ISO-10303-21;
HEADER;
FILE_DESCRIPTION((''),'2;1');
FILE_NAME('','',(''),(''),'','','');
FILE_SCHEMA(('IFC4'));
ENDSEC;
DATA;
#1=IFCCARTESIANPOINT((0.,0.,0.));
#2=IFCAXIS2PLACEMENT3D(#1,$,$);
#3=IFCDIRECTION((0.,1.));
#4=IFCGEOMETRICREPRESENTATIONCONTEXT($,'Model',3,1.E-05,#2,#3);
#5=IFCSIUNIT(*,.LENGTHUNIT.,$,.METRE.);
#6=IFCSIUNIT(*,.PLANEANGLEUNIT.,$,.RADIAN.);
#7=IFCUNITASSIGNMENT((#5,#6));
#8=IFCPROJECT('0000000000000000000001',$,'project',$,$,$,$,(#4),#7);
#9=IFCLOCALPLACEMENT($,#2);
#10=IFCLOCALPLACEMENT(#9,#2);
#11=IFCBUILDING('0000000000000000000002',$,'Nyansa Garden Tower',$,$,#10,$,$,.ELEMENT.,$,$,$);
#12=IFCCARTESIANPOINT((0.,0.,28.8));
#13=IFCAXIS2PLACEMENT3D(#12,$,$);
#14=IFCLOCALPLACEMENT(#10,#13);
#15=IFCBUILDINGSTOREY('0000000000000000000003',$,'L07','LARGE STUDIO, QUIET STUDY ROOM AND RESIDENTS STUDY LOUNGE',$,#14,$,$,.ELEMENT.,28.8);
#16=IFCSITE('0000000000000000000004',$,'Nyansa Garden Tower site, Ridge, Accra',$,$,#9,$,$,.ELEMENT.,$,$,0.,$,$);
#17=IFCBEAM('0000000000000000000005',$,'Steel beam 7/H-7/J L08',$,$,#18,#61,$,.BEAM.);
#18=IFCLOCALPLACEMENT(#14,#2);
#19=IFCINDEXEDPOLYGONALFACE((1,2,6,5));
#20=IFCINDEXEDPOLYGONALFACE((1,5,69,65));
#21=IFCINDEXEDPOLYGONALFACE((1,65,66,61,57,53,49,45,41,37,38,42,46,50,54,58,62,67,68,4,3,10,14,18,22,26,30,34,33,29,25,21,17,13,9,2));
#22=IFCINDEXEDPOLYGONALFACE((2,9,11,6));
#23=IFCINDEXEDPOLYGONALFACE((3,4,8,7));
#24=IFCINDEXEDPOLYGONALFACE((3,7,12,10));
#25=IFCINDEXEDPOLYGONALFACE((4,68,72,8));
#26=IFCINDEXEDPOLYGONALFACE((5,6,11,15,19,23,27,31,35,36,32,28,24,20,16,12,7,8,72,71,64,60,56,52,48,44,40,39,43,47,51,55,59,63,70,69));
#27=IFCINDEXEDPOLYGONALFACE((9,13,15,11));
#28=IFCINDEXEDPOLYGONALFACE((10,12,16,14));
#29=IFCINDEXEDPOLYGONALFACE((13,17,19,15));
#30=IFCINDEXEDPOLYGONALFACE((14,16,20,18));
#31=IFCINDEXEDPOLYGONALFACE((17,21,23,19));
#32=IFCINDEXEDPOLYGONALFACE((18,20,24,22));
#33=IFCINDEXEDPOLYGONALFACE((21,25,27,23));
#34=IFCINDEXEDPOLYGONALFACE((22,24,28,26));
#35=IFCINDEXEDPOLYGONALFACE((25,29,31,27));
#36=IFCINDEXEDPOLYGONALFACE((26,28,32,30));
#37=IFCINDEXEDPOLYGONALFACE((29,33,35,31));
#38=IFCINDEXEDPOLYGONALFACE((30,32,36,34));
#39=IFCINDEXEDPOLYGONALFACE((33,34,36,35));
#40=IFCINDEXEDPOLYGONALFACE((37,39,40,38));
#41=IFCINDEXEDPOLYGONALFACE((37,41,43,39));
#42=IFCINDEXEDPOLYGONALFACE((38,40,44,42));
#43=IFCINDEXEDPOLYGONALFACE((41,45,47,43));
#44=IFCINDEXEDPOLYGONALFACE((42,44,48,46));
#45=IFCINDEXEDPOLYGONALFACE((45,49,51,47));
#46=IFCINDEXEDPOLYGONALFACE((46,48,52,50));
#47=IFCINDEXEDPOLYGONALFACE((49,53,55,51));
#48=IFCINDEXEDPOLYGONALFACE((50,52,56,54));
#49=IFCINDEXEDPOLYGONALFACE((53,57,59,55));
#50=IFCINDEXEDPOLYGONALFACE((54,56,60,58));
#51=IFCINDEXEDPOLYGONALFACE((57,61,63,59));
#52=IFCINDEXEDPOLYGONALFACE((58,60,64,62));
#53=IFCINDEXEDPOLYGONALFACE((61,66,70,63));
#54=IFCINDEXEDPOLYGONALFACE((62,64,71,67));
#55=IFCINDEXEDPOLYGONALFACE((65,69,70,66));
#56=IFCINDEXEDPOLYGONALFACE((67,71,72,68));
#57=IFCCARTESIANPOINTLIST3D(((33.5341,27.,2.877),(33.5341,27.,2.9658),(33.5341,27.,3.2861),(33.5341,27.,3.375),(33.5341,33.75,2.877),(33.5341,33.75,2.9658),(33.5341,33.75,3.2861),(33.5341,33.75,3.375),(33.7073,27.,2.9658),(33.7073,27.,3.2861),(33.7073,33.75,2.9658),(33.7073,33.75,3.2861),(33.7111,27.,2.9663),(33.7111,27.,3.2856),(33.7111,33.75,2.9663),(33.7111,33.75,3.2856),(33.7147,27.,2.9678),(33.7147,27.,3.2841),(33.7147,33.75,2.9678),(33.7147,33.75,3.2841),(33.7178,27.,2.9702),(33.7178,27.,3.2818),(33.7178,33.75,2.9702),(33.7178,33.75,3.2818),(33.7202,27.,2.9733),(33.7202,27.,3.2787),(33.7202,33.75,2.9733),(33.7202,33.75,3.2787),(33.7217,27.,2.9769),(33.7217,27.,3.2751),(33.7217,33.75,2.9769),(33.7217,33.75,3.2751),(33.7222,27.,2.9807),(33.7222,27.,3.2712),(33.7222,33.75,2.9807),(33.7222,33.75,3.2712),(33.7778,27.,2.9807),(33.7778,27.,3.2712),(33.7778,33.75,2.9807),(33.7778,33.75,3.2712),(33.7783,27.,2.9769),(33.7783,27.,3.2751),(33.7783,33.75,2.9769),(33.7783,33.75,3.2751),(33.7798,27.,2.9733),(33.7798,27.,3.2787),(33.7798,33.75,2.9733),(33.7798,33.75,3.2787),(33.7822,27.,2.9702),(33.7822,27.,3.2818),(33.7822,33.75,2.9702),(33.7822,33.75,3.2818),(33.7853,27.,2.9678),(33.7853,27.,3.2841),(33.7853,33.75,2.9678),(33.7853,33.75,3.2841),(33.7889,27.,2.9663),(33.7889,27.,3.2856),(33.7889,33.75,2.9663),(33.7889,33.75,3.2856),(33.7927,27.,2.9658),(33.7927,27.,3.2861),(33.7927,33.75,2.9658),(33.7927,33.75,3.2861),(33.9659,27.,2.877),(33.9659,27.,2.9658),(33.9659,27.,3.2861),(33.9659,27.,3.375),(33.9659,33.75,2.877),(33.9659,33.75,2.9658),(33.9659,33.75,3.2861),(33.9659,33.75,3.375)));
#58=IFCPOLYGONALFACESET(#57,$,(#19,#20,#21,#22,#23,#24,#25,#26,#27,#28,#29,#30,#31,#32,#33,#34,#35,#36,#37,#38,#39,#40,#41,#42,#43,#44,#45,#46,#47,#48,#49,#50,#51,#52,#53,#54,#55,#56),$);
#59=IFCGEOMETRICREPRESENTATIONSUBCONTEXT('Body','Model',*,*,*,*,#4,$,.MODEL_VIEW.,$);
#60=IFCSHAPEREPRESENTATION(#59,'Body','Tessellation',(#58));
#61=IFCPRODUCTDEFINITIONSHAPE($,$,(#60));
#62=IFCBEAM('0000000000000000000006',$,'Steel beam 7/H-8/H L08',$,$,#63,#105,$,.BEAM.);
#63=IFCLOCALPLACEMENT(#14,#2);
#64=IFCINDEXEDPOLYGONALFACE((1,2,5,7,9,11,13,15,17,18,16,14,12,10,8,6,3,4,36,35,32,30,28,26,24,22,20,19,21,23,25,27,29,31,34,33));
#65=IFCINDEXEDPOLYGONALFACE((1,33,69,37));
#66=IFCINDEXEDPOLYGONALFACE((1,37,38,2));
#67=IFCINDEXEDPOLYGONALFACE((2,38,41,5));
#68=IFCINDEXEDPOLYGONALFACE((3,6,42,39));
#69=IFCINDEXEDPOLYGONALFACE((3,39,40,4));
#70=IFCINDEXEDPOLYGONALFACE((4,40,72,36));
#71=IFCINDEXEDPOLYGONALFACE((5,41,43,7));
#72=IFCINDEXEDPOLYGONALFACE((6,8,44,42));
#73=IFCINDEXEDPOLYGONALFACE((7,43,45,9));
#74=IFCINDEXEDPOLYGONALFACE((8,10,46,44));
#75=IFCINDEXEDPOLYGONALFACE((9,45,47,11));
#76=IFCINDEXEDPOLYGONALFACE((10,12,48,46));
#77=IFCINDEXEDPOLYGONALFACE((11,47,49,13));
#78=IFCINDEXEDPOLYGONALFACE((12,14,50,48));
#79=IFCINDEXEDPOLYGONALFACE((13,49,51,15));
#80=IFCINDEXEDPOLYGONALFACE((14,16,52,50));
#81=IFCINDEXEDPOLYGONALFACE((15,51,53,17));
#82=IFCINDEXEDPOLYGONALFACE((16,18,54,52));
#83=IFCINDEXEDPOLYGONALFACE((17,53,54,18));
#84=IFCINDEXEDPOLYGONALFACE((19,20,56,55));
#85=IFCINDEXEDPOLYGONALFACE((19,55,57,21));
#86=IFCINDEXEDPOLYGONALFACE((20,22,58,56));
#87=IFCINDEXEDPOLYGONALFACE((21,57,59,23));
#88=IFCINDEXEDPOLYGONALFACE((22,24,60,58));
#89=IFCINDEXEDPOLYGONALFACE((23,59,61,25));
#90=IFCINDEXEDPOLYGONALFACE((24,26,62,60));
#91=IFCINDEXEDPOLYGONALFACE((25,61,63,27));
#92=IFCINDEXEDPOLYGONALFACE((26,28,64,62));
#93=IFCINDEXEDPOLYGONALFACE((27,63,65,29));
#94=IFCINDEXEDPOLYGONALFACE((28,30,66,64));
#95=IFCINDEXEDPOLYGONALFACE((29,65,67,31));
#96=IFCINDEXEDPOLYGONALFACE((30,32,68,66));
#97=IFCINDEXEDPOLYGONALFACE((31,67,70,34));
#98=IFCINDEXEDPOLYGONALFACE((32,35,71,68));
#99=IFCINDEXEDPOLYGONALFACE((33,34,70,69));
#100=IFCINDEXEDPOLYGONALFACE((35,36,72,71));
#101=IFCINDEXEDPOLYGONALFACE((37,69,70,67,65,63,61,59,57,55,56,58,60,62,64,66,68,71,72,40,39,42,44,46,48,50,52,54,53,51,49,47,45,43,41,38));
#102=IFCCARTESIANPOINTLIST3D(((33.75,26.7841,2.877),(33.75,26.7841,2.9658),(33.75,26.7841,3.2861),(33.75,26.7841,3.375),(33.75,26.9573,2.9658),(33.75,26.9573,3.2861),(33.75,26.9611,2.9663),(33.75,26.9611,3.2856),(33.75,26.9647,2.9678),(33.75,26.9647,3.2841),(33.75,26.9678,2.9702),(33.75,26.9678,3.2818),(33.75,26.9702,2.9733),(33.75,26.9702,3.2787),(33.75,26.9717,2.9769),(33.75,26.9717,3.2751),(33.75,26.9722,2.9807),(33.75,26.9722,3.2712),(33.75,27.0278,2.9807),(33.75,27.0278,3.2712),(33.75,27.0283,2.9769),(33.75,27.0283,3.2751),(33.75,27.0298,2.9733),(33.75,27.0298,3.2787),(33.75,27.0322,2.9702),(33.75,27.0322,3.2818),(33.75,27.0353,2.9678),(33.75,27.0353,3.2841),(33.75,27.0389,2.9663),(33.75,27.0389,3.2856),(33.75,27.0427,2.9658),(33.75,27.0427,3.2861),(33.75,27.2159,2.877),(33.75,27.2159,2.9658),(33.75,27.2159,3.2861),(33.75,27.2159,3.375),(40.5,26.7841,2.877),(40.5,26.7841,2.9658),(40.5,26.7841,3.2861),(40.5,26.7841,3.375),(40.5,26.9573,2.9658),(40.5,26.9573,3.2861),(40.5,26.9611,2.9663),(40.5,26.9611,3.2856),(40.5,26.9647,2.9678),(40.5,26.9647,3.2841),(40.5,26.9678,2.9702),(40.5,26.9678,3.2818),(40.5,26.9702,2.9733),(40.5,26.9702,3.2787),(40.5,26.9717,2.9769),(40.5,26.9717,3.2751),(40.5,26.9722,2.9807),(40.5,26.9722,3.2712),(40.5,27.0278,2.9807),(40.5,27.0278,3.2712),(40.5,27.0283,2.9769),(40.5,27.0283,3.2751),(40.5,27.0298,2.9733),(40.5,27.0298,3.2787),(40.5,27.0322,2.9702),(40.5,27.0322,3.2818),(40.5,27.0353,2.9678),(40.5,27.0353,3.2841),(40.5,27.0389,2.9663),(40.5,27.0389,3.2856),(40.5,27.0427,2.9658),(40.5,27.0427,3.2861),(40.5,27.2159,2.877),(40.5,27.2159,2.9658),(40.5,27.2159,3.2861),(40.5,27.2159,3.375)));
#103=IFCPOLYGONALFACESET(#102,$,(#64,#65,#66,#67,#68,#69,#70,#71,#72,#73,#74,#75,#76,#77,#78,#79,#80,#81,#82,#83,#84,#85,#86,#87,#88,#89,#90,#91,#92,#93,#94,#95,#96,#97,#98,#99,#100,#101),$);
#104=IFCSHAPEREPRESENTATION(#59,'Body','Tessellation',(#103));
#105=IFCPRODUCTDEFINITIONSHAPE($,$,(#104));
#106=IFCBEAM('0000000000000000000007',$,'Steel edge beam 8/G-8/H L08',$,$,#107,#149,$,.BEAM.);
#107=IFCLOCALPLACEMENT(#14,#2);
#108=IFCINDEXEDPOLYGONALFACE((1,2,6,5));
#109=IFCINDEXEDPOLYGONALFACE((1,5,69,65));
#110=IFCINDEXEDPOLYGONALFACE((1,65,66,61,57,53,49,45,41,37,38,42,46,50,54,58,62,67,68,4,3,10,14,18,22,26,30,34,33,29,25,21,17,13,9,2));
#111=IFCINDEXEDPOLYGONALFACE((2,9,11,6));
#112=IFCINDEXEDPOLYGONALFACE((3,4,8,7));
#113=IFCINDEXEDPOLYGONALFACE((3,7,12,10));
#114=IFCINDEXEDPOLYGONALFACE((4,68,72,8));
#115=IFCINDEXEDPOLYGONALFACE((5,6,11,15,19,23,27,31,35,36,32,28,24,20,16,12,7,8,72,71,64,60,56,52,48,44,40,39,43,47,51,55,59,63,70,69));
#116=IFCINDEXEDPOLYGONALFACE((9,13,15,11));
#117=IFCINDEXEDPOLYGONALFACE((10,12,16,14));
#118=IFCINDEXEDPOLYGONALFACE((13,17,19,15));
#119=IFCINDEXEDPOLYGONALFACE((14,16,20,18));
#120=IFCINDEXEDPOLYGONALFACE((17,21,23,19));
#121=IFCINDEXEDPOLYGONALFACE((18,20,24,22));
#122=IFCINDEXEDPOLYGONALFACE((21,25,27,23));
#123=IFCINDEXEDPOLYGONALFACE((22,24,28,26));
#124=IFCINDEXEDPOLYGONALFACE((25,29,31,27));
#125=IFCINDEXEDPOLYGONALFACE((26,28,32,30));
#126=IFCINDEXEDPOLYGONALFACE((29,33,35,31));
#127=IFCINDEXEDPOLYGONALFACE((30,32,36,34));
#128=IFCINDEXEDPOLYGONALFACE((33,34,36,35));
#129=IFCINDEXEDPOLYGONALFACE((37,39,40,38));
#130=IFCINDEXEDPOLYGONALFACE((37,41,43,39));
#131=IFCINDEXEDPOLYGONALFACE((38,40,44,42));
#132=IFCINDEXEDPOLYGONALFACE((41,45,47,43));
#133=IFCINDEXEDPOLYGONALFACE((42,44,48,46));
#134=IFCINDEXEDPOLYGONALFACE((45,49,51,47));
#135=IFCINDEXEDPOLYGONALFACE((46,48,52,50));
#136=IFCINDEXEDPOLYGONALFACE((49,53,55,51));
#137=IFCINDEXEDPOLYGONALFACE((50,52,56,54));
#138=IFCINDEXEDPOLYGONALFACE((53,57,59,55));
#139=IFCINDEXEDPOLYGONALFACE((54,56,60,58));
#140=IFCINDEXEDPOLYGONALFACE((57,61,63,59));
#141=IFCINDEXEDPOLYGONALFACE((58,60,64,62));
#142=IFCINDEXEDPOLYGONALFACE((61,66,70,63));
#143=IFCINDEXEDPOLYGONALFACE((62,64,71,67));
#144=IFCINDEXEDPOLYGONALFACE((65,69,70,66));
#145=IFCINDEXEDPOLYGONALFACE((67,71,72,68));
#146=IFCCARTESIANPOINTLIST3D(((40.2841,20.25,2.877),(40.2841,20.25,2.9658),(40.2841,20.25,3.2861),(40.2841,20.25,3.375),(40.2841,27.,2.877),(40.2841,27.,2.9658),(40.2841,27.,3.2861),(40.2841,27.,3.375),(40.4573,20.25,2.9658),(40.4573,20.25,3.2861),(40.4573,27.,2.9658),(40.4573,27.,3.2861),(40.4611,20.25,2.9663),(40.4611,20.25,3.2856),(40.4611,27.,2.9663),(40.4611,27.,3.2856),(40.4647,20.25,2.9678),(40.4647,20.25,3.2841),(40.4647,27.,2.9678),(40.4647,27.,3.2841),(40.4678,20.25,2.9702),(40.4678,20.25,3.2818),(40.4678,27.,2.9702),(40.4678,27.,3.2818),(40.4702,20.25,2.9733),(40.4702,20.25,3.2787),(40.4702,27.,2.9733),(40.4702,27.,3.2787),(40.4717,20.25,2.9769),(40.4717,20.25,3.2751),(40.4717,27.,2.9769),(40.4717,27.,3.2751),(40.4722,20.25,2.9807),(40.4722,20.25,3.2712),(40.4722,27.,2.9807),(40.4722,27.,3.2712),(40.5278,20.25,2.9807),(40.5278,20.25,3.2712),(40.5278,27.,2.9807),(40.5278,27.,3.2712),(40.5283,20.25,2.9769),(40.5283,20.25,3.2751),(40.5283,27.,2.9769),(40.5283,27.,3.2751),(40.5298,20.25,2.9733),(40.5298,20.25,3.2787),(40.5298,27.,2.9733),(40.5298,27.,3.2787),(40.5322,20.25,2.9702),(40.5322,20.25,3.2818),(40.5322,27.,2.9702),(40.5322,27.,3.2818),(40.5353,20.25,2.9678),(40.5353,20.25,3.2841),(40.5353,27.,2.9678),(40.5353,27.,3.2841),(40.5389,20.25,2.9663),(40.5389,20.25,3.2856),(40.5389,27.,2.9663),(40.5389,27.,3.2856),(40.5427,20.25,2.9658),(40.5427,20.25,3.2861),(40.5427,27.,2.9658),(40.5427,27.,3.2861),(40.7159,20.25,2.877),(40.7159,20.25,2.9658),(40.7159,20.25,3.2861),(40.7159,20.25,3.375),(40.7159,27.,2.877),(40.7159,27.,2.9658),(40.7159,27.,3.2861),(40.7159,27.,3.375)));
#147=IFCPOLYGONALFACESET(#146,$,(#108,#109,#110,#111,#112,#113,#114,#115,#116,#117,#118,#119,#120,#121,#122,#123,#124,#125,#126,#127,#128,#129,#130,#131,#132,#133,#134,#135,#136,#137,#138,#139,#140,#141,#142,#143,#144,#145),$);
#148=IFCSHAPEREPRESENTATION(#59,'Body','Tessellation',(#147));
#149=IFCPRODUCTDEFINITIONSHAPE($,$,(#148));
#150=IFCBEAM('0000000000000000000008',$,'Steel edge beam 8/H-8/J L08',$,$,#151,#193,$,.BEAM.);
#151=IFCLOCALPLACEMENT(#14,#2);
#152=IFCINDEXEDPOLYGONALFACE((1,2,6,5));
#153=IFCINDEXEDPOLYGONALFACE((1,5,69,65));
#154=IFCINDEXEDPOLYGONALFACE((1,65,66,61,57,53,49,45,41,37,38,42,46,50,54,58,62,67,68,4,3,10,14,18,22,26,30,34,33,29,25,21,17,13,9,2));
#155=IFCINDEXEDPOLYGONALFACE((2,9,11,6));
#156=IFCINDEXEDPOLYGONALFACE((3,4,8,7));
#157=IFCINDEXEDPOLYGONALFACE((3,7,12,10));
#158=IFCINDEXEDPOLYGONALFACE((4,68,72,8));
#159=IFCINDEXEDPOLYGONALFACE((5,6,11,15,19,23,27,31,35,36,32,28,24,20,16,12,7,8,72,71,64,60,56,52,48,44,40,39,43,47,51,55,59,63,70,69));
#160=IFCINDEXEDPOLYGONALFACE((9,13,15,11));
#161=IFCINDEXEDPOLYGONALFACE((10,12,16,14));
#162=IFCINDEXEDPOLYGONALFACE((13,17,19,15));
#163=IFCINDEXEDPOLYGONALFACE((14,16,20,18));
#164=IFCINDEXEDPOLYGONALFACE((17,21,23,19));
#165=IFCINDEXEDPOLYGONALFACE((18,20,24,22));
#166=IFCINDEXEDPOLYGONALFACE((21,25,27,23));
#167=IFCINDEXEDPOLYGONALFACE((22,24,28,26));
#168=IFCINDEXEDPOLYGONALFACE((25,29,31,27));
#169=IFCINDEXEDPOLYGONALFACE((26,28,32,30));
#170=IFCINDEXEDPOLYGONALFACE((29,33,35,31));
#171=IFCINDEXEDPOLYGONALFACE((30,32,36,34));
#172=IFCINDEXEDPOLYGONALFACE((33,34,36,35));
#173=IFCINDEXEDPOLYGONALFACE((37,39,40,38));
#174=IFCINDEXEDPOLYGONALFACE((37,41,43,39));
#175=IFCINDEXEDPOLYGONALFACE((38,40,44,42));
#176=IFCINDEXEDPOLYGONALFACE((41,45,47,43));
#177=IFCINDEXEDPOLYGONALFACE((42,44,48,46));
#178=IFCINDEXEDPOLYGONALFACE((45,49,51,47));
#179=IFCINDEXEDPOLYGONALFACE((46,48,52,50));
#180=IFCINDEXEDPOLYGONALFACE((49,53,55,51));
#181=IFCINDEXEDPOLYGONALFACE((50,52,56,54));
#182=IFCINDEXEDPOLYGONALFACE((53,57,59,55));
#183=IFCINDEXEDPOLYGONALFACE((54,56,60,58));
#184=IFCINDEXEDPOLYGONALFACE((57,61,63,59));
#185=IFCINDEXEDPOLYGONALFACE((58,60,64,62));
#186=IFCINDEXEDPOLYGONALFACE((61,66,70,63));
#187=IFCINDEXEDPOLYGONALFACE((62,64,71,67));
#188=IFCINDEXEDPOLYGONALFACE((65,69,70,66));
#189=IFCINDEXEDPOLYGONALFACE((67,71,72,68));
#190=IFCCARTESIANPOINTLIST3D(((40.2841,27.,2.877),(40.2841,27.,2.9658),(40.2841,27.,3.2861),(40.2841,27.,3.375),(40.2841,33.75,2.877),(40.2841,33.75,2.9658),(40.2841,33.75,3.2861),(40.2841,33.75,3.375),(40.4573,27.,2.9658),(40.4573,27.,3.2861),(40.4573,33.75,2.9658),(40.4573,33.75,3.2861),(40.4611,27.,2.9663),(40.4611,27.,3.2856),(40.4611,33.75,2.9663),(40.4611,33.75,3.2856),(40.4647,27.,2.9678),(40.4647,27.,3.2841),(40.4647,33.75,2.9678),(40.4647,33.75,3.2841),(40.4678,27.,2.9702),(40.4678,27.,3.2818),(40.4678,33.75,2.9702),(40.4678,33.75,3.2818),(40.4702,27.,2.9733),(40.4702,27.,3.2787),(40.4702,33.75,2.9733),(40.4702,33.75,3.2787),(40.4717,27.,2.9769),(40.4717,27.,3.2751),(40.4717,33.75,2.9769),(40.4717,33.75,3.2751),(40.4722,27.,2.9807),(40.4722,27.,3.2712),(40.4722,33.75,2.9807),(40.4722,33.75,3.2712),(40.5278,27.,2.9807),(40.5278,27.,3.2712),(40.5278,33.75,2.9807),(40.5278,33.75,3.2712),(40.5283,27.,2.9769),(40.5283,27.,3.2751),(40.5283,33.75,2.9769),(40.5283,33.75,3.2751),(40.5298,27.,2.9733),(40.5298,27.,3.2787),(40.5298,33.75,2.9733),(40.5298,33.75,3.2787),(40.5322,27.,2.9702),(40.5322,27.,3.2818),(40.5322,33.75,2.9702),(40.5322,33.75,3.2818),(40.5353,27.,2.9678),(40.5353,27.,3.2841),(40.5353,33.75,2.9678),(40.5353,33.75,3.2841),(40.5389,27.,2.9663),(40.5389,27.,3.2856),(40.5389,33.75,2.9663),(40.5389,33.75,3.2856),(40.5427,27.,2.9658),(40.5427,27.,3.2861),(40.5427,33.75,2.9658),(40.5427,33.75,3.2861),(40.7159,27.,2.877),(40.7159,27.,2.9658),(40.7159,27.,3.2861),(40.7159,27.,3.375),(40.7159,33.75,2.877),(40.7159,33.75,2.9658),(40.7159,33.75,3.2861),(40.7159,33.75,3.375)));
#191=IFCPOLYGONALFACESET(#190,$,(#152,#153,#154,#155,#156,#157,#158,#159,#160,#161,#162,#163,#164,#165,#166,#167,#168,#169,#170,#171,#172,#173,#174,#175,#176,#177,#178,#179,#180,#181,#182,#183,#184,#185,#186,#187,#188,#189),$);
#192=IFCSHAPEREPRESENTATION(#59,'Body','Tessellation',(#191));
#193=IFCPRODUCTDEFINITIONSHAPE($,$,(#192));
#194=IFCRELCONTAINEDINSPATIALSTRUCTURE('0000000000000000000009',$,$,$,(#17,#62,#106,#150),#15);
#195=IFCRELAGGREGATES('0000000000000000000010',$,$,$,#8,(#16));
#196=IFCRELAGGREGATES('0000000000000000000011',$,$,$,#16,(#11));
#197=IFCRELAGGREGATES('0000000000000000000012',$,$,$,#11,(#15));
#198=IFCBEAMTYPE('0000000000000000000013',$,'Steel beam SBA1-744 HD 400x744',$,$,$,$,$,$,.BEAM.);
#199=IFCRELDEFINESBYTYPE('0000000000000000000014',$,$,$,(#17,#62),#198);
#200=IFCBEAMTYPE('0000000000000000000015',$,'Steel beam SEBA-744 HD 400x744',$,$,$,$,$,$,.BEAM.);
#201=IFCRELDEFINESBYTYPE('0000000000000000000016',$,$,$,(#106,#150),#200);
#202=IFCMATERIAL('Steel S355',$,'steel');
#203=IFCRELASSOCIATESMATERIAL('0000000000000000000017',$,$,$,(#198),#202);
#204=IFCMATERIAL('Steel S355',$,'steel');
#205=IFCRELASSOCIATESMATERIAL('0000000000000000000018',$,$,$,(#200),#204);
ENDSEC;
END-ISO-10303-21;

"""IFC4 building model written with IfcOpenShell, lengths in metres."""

from ifc_helpers import new_model, si_unit, direction, frame, origin, origin_2d, place, context, subcontext, project, spatial, i_section, extrude, material, material_profile, profile_set, type_object, element, save


model = new_model("IFC4")

# Units and contexts
model_context = context("Model", 3, precision=1e-05, world=origin(), true_north=direction((0.0, 1.0)))
body_context = subcontext(model_context, "Body", "Model", "MODEL_VIEW")
ifc_project = project(units=[si_unit("LENGTHUNIT", "METRE"), si_unit("PLANEANGLEUNIT", "RADIAN")], contexts=[model_context])

# Site, building, storey
site_placement = place(None, origin())
site = spatial("IfcSite", under=ifc_project, at=site_placement, Name="Nyansa Garden Tower site, Ridge, Accra", CompositionType="ELEMENT", RefElevation=0.0)
building_placement = place(site_placement, origin())
building = spatial("IfcBuilding", under=site, at=building_placement, Name="Nyansa Garden Tower", CompositionType="ELEMENT")
storey_placement = place(building_placement, frame((0.0, 0.0, 28.8)))
storey = spatial("IfcBuildingStorey", under=building, at=storey_placement, Name="L07", Description="LARGE STUDIO, QUIET STUDY ROOM AND RESIDENTS STUDY LOUNGE", CompositionType="ELEMENT", Elevation=28.8)

# Beams
ifc_material_1 = material(Name="Steel S355", Category="steel")
ifc_material_profile_1 = material_profile(ifc_material_1, i_section(OverallWidth=0.4319, OverallDepth=0.498, WebThickness=0.0557, FlangeThickness=0.0889, FilletRadius=0.0149, at=origin_2d()), Name="HD 400x744")
ifc_profile_set_1 = profile_set([ifc_material_profile_1], Name="Steel S355")
beam_type_1 = type_object("IfcBeamType", Name="Steel beam SBA1-744 HD 400x744", PredefinedType="BEAM", material=ifc_profile_set_1)
for number, where, z_axis, x_axis, name in (
    (1, (33.75, 27.0, 3.126), (0.0, 1.0, 0.0), (-1.0, 0.0, 0.0), "Steel beam 7/H-7/J L08"),
    (2, (33.75, 27.0, 3.126), (1.0, 0.0, 0.0), (0.0, 1.0, 0.0), "Steel beam 7/H-8/H L08"),
):
    element("IfcBeam", number, at=place(storey_placement, frame(where, z_axis=z_axis, x_axis=x_axis)), inside=storey, type_object=beam_type_1, Name=name, PredefinedType="BEAM", context=body_context, shape_type="SweptSolid", body=[
        extrude(i_section(OverallWidth=0.4319, OverallDepth=0.498, WebThickness=0.0557, FlangeThickness=0.0889, FilletRadius=0.0149, at=origin_2d()), origin(), (0.0, 0.0, 1.0), 6.75),
    ])
ifc_material_2 = material(Name="Steel S355", Category="steel")
ifc_material_profile_2 = material_profile(ifc_material_2, i_section(OverallWidth=0.4319, OverallDepth=0.498, WebThickness=0.0557, FlangeThickness=0.0889, FilletRadius=0.0149, at=origin_2d()), Name="HD 400x744")
ifc_profile_set_2 = profile_set([ifc_material_profile_2], Name="Steel S355")
beam_type_2 = type_object("IfcBeamType", Name="Steel beam SEBA-744 HD 400x744", PredefinedType="BEAM", material=ifc_profile_set_2)
for number, where, z_axis, x_axis, name in (
    (3, (40.5, 20.25, 3.126), (0.0, 1.0, 0.0), (-1.0, 0.0, 0.0), "Steel edge beam 8/G-8/H L08"),
    (4, (40.5, 27.0, 3.126), (0.0, 1.0, 0.0), (-1.0, 0.0, 0.0), "Steel edge beam 8/H-8/J L08"),
):
    element("IfcBeam", number, at=place(storey_placement, frame(where, z_axis=z_axis, x_axis=x_axis)), inside=storey, type_object=beam_type_2, Name=name, PredefinedType="BEAM", context=body_context, shape_type="SweptSolid", body=[
        extrude(i_section(OverallWidth=0.4319, OverallDepth=0.498, WebThickness=0.0557, FlangeThickness=0.0889, FilletRadius=0.0149, at=origin_2d()), origin(), (0.0, 0.0, 1.0), 6.75),
    ])

save(model, "model.ifc")
